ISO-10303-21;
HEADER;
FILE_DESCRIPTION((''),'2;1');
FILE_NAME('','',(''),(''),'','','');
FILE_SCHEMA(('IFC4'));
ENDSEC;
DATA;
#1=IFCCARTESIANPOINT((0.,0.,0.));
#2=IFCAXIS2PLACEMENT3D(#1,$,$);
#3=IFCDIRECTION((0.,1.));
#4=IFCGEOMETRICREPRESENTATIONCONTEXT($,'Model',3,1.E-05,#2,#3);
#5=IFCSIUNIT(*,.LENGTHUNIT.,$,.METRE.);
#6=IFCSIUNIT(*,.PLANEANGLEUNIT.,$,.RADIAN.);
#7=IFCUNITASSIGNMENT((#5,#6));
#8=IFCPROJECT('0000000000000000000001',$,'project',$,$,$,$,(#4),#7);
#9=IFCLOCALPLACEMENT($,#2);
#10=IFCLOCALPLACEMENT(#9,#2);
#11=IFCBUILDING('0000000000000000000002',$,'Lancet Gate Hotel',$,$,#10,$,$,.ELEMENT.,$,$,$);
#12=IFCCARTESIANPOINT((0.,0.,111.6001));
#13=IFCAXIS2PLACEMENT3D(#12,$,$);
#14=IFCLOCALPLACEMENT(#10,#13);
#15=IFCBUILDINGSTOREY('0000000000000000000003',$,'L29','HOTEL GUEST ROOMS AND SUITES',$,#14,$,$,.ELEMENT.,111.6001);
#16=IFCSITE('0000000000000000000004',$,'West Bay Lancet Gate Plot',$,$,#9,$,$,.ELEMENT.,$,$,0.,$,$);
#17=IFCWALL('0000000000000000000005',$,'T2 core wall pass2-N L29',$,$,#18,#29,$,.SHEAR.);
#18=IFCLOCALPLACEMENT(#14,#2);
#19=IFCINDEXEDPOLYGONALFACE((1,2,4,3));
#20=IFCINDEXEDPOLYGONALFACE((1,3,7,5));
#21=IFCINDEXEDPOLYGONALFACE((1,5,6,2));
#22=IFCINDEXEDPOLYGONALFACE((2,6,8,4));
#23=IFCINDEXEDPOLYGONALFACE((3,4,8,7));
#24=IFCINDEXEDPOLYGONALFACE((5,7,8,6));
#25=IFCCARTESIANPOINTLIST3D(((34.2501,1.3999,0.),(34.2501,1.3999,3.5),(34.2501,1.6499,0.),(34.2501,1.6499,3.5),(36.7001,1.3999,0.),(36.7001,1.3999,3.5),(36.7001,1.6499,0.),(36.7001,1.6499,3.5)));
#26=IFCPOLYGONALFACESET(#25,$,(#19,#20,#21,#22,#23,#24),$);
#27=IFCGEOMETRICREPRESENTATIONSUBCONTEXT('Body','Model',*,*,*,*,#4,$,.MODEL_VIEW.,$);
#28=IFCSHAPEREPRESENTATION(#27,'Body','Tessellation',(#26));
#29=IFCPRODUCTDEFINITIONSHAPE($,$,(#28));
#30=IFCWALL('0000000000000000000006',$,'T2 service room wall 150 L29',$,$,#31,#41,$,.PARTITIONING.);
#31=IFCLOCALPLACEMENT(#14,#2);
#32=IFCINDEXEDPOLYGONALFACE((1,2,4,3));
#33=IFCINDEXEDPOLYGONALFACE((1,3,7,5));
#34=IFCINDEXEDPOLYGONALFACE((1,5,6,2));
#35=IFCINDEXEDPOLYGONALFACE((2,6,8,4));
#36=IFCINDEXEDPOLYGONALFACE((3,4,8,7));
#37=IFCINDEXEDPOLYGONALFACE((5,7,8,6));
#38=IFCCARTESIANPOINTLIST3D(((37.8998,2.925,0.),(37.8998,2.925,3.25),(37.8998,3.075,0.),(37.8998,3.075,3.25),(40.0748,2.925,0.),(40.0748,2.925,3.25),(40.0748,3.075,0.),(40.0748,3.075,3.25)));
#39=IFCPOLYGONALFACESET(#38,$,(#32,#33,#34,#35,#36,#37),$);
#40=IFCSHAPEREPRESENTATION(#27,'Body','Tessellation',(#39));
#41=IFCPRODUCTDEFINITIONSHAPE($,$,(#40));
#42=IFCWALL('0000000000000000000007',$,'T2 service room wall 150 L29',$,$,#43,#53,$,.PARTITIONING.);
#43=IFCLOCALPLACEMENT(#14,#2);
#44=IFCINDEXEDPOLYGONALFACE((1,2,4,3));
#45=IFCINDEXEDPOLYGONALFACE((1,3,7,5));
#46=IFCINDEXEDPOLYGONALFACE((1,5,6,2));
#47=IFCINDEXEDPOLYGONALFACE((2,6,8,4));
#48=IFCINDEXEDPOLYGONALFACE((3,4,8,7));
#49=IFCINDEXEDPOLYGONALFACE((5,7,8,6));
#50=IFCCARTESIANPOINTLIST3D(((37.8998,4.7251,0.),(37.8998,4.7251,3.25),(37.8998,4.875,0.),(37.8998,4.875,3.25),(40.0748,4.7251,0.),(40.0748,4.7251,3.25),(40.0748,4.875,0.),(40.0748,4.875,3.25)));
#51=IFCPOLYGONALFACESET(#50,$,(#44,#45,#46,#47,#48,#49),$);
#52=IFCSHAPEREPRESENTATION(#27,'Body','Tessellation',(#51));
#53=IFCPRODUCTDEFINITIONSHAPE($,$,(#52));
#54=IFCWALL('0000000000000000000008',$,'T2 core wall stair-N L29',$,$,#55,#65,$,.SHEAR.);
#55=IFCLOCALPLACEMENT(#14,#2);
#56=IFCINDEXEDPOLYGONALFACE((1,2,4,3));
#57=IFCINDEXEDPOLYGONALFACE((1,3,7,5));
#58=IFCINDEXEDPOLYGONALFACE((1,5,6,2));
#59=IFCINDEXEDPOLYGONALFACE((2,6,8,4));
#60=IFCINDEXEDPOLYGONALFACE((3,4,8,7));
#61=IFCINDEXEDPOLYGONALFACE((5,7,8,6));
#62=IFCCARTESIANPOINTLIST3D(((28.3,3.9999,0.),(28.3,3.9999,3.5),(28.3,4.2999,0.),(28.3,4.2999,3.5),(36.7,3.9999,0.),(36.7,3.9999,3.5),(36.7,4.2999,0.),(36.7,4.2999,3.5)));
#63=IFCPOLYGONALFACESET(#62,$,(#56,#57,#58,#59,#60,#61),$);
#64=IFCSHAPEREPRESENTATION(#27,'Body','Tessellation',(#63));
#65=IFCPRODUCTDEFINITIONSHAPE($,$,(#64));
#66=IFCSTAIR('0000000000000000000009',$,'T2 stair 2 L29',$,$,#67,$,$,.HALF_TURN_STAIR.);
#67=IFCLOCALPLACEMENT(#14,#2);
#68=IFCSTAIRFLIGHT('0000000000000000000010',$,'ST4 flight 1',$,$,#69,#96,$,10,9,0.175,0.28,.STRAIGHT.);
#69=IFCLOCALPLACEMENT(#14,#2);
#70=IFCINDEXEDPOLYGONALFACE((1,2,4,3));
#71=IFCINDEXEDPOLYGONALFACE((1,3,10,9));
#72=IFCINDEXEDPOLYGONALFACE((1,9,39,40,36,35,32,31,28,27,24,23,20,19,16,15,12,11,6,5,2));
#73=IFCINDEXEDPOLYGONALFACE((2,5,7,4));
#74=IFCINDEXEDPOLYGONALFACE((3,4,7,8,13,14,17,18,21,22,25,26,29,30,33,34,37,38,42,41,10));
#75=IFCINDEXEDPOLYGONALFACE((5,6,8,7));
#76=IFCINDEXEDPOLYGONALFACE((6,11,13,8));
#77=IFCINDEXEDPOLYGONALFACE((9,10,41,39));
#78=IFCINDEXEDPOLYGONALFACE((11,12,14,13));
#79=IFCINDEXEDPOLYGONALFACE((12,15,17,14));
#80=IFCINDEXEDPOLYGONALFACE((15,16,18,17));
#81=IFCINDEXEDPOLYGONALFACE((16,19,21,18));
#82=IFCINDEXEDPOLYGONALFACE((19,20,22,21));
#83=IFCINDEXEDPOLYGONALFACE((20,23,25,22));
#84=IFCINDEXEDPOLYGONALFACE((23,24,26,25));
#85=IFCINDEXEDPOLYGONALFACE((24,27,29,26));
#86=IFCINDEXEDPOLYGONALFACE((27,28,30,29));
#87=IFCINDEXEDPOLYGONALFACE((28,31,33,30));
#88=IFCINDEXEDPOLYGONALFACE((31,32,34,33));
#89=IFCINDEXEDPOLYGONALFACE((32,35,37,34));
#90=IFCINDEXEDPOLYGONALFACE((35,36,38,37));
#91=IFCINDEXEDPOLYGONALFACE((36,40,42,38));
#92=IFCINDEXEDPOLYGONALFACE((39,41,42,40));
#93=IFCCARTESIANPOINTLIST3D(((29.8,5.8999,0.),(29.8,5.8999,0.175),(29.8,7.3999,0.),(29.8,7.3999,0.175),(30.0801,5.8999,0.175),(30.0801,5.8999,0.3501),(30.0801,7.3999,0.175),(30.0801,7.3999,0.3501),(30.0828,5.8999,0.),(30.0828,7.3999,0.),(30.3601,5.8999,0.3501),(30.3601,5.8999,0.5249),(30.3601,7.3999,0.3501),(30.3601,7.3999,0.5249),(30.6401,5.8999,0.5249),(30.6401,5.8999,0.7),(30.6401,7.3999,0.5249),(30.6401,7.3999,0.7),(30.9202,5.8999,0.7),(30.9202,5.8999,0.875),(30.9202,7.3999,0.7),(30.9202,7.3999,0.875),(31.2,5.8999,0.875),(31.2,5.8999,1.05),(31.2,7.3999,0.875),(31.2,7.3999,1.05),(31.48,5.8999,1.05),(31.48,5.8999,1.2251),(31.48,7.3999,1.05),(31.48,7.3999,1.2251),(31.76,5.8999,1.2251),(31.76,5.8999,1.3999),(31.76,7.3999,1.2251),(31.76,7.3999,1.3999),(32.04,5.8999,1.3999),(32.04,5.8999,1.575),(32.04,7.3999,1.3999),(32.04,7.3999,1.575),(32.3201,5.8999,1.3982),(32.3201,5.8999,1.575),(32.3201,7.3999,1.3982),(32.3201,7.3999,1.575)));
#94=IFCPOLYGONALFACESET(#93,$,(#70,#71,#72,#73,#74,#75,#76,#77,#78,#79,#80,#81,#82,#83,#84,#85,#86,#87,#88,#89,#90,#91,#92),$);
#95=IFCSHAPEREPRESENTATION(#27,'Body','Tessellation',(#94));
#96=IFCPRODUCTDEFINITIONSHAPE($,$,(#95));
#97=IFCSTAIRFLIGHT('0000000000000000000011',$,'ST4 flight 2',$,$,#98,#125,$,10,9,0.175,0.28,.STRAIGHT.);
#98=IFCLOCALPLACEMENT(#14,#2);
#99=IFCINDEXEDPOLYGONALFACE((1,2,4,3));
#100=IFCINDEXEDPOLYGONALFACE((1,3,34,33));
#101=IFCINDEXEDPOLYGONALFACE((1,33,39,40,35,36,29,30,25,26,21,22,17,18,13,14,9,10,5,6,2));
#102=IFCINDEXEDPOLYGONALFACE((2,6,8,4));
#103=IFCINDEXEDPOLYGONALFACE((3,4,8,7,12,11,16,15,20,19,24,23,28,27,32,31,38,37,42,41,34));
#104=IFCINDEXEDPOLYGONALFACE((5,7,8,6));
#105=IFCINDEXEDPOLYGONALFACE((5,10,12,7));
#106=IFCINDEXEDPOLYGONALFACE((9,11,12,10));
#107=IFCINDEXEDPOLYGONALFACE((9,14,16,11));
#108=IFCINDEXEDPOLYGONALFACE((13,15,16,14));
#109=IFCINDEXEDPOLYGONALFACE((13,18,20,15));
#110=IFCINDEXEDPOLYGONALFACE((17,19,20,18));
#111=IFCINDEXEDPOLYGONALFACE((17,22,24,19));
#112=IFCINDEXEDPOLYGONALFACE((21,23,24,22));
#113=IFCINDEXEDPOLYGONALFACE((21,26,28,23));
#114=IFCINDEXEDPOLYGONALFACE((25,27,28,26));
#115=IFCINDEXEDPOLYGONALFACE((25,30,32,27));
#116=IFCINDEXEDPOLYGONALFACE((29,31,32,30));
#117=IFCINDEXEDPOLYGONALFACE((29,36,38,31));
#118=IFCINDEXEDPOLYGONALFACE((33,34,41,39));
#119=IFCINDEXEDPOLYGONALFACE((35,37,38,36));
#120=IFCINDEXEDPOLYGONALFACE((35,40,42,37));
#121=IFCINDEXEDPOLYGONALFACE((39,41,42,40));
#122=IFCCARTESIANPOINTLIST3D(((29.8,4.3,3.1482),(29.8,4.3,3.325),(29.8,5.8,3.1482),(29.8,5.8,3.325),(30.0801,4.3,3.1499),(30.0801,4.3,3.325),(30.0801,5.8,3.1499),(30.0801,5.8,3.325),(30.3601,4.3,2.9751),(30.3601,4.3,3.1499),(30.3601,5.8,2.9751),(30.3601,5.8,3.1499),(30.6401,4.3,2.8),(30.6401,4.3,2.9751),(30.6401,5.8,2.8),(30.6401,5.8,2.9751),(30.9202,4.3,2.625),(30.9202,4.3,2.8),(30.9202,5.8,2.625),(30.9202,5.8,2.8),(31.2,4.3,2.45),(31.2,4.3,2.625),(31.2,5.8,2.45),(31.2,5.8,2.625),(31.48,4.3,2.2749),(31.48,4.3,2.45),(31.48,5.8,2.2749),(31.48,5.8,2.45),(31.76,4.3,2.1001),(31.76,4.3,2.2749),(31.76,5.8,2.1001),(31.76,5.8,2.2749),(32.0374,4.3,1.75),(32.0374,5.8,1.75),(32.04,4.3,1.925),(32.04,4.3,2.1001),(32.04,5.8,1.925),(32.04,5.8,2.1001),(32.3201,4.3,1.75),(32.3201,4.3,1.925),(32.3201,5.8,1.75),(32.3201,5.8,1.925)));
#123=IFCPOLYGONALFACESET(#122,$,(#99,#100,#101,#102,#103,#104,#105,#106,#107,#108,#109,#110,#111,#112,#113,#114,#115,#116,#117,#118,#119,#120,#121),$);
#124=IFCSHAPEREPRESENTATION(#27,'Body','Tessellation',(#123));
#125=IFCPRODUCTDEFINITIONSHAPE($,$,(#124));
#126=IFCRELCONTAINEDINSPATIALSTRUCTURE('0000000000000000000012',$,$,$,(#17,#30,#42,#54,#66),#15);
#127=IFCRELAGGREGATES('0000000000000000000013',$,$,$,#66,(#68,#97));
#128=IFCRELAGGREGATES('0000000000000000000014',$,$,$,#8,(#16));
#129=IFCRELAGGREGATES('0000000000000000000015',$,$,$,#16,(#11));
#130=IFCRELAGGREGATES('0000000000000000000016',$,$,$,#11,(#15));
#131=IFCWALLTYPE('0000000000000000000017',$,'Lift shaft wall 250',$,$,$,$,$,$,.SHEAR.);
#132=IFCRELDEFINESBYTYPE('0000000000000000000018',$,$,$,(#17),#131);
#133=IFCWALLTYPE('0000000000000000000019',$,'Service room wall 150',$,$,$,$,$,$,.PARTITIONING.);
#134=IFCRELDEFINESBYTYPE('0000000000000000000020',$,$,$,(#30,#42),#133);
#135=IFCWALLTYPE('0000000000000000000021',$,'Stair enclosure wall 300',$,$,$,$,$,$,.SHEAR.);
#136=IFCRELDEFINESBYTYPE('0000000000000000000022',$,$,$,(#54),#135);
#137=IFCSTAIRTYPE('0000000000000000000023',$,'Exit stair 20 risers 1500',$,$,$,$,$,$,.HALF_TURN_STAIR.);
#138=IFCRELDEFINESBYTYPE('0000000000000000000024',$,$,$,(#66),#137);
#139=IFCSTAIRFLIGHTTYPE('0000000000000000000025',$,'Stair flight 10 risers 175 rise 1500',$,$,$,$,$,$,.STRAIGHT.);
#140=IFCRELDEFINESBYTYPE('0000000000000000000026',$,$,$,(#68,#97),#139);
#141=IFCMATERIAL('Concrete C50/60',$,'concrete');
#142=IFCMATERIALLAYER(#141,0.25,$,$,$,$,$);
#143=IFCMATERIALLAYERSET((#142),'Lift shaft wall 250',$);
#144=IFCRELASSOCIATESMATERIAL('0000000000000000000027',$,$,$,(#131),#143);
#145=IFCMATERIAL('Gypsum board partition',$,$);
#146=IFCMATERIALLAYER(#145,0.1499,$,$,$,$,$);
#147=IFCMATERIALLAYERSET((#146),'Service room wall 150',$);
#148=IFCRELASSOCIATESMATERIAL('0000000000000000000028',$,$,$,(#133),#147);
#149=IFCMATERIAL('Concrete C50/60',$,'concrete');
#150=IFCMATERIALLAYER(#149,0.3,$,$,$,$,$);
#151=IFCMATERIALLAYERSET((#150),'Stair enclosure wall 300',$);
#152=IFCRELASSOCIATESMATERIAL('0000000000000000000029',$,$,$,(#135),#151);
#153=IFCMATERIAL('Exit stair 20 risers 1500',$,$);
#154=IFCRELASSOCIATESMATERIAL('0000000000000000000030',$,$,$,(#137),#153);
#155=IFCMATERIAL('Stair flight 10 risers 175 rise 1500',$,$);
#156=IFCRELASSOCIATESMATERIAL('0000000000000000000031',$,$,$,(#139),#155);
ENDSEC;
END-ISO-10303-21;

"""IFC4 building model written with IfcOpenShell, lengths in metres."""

from ifc_helpers import new_model, si_unit, direction, frame, frame_2d, origin, place, context, subcontext, project, spatial, polyline, rectangle, outline, extrude, material, layer, layer_set, type_object, element, aggregate, save


model = new_model("IFC4")

# Units and contexts
model_context = context("Model", 3, precision=1e-05, world=origin(), true_north=direction((0.0, 1.0)))
body_context = subcontext(model_context, "Body", "Model", "MODEL_VIEW")
ifc_project = project(units=[si_unit("LENGTHUNIT", "METRE"), si_unit("PLANEANGLEUNIT", "RADIAN")], contexts=[model_context])

# Site, building, storey
site_placement = place(None, origin())
site = spatial("IfcSite", under=ifc_project, at=site_placement, Name="West Bay Lancet Gate Plot", CompositionType="ELEMENT", RefElevation=0.0)
building_placement = place(site_placement, origin())
building = spatial("IfcBuilding", under=site, at=building_placement, Name="Lancet Gate Hotel", CompositionType="ELEMENT")
storey_placement = place(building_placement, frame((0.0, 0.0, 111.6001)))
storey = spatial("IfcBuildingStorey", under=building, at=storey_placement, Name="L29", Description="HOTEL GUEST ROOMS AND SUITES", CompositionType="ELEMENT", Elevation=111.6001)

# Shared definitions
ifc_material_1 = material(Name="Concrete C50/60", Category="concrete")
ifc_layer_1 = layer(ifc_material_1, 0.25)
ifc_layer_set_1 = layer_set([ifc_layer_1], Name="Lift shaft wall 250")
wall_type_1 = type_object("IfcWallType", Name="Lift shaft wall 250", PredefinedType="SHEAR", material=ifc_layer_set_1)

# Walls
wall_1_placement = place(storey_placement, frame((34.25, 1.5249, 0.0), z_axis=(0.0, 0.0, 1.0), x_axis=(1.0, 0.0, 0.0)))
element("IfcWall", 1, at=wall_1_placement, inside=storey, type_object=wall_type_1, Name="T2 core wall pass2-N L29", PredefinedType="SHEAR", context=body_context, shape_type="SweptSolid", body=[
    extrude(rectangle(XDim=2.45, YDim=0.25, at=frame_2d((1.2251, 0.0))), origin(), (0.0, 0.0, 1.0), 3.5),
])
ifc_material_2 = material(Name="Gypsum board partition")
ifc_layer_2 = layer(ifc_material_2, 0.1499)
ifc_layer_set_2 = layer_set([ifc_layer_2], Name="Service room wall 150")
wall_type_2 = type_object("IfcWallType", Name="Service room wall 150", PredefinedType="PARTITIONING", material=ifc_layer_set_2)
for number, where, z_axis, x_axis, name in (
    (2, (37.8999, 3.0, 0.0), (0.0, 0.0, 1.0), (1.0, 0.0, 0.0), "T2 service room wall 150 L29"),
    (3, (37.8999, 4.8, 0.0), (0.0, 0.0, 1.0), (1.0, 0.0, 0.0), "T2 service room wall 150 L29"),
):
    element("IfcWall", number, at=place(storey_placement, frame(where, z_axis=z_axis, x_axis=x_axis)), inside=storey, type_object=wall_type_2, Name=name, PredefinedType="PARTITIONING", context=body_context, shape_type="SweptSolid", body=[
        extrude(rectangle(XDim=2.175, YDim=0.1499, at=frame_2d((1.0874, 0.0))), origin(), (0.0, 0.0, 1.0), 3.25),
    ])
ifc_material_3 = material(Name="Concrete C50/60", Category="concrete")
ifc_layer_3 = layer(ifc_material_3, 0.3)
ifc_layer_set_3 = layer_set([ifc_layer_3], Name="Stair enclosure wall 300")
wall_type_3 = type_object("IfcWallType", Name="Stair enclosure wall 300", PredefinedType="SHEAR", material=ifc_layer_set_3)
wall_2_placement = place(storey_placement, frame((28.3, 4.1499, 0.0), z_axis=(0.0, 0.0, 1.0), x_axis=(1.0, 0.0, 0.0)))
element("IfcWall", 4, at=wall_2_placement, inside=storey, type_object=wall_type_3, Name="T2 core wall stair-N L29", PredefinedType="SHEAR", context=body_context, shape_type="SweptSolid", body=[
    extrude(rectangle(XDim=8.3999, YDim=0.3, at=frame_2d((4.2, 0.0))), origin(), (0.0, 0.0, 1.0), 3.5),
])

# Stair, stair flights
ifc_material_4 = material(Name="Exit stair 20 risers 1500")
stair_type = type_object("IfcStairType", Name="Exit stair 20 risers 1500", PredefinedType="HALF_TURN_STAIR", material=ifc_material_4)
stair_placement = place(storey_placement, origin())
stair = element("IfcStair", 5, at=stair_placement, inside=storey, type_object=stair_type, Name="T2 stair 2 L29", PredefinedType="HALF_TURN_STAIR")
ifc_material_5 = material(Name="Stair flight 10 risers 175 rise 1500")
stair_flight_type = type_object("IfcStairFlightType", Name="Stair flight 10 risers 175 rise 1500", PredefinedType="STRAIGHT", material=ifc_material_5)
stair_flight_1_placement = place(storey_placement, frame((29.8, 6.6499, 0.0), z_axis=(0.0, 0.0, 1.0), x_axis=(1.0, 0.0, 0.0)))
stair_flight_1 = element("IfcStairFlight", 6, at=stair_flight_1_placement, type_object=stair_flight_type, Name="ST4 flight 1", NumberOfRisers=10, NumberOfTreads=9, PredefinedType="STRAIGHT", RiserHeight=0.175, TreadLength=0.28, context=body_context, shape_type="SweptSolid", body=[
    extrude(outline(polyline([(0.0, 0.0), (0.0, 0.175), (0.28, 0.175), (0.28, 0.3501), (0.5601, 0.3501), (0.5601, 0.5249), (0.8401, 0.5249), (0.8401, 0.7), (1.1201, 0.7), (1.1201, 0.875), (1.3999, 0.875), (1.3999, 1.05), (1.6799, 1.05), (1.6799, 1.2251), (1.96, 1.2251), (1.96, 1.3999), (2.24, 1.3999), (2.24, 1.575), (2.52, 1.575), (2.52, 1.75), (2.52, 1.3982), (0.2827, 0.0), (0.0, 0.0)])), frame((0.0, 0.75, 0.0), z_axis=(0.0, -1.0, 0.0), x_axis=(1.0, 0.0, 0.0)), (0.0, 0.0, 1.0), 1.5),
])
stair_flight_2_placement = place(storey_placement, frame((32.3201, 5.05, 1.75), z_axis=(0.0, 0.0, 1.0), x_axis=(-1.0, 0.0, 0.0)))
stair_flight_2 = element("IfcStairFlight", 7, at=stair_flight_2_placement, type_object=stair_flight_type, Name="ST4 flight 2", NumberOfRisers=10, NumberOfTreads=9, PredefinedType="STRAIGHT", RiserHeight=0.175, TreadLength=0.28, context=body_context, shape_type="SweptSolid", body=[
    extrude(outline(polyline([(0.0, 0.0), (0.0, 0.175), (0.28, 0.175), (0.28, 0.3501), (0.5601, 0.3501), (0.5601, 0.5249), (0.8401, 0.5249), (0.8401, 0.7), (1.1201, 0.7), (1.1201, 0.875), (1.3999, 0.875), (1.3999, 1.05), (1.6799, 1.05), (1.6799, 1.2251), (1.96, 1.2251), (1.96, 1.3999), (2.24, 1.3999), (2.24, 1.575), (2.52, 1.575), (2.52, 1.75), (2.52, 1.3982), (0.2827, 0.0), (0.0, 0.0)])), frame((0.0, 0.75, 0.0), z_axis=(0.0, -1.0, 0.0), x_axis=(1.0, 0.0, 0.0)), (0.0, 0.0, 1.0), 1.5),
])
aggregate(stair, [stair_flight_1, stair_flight_2])

save(model, "model.ifc")
